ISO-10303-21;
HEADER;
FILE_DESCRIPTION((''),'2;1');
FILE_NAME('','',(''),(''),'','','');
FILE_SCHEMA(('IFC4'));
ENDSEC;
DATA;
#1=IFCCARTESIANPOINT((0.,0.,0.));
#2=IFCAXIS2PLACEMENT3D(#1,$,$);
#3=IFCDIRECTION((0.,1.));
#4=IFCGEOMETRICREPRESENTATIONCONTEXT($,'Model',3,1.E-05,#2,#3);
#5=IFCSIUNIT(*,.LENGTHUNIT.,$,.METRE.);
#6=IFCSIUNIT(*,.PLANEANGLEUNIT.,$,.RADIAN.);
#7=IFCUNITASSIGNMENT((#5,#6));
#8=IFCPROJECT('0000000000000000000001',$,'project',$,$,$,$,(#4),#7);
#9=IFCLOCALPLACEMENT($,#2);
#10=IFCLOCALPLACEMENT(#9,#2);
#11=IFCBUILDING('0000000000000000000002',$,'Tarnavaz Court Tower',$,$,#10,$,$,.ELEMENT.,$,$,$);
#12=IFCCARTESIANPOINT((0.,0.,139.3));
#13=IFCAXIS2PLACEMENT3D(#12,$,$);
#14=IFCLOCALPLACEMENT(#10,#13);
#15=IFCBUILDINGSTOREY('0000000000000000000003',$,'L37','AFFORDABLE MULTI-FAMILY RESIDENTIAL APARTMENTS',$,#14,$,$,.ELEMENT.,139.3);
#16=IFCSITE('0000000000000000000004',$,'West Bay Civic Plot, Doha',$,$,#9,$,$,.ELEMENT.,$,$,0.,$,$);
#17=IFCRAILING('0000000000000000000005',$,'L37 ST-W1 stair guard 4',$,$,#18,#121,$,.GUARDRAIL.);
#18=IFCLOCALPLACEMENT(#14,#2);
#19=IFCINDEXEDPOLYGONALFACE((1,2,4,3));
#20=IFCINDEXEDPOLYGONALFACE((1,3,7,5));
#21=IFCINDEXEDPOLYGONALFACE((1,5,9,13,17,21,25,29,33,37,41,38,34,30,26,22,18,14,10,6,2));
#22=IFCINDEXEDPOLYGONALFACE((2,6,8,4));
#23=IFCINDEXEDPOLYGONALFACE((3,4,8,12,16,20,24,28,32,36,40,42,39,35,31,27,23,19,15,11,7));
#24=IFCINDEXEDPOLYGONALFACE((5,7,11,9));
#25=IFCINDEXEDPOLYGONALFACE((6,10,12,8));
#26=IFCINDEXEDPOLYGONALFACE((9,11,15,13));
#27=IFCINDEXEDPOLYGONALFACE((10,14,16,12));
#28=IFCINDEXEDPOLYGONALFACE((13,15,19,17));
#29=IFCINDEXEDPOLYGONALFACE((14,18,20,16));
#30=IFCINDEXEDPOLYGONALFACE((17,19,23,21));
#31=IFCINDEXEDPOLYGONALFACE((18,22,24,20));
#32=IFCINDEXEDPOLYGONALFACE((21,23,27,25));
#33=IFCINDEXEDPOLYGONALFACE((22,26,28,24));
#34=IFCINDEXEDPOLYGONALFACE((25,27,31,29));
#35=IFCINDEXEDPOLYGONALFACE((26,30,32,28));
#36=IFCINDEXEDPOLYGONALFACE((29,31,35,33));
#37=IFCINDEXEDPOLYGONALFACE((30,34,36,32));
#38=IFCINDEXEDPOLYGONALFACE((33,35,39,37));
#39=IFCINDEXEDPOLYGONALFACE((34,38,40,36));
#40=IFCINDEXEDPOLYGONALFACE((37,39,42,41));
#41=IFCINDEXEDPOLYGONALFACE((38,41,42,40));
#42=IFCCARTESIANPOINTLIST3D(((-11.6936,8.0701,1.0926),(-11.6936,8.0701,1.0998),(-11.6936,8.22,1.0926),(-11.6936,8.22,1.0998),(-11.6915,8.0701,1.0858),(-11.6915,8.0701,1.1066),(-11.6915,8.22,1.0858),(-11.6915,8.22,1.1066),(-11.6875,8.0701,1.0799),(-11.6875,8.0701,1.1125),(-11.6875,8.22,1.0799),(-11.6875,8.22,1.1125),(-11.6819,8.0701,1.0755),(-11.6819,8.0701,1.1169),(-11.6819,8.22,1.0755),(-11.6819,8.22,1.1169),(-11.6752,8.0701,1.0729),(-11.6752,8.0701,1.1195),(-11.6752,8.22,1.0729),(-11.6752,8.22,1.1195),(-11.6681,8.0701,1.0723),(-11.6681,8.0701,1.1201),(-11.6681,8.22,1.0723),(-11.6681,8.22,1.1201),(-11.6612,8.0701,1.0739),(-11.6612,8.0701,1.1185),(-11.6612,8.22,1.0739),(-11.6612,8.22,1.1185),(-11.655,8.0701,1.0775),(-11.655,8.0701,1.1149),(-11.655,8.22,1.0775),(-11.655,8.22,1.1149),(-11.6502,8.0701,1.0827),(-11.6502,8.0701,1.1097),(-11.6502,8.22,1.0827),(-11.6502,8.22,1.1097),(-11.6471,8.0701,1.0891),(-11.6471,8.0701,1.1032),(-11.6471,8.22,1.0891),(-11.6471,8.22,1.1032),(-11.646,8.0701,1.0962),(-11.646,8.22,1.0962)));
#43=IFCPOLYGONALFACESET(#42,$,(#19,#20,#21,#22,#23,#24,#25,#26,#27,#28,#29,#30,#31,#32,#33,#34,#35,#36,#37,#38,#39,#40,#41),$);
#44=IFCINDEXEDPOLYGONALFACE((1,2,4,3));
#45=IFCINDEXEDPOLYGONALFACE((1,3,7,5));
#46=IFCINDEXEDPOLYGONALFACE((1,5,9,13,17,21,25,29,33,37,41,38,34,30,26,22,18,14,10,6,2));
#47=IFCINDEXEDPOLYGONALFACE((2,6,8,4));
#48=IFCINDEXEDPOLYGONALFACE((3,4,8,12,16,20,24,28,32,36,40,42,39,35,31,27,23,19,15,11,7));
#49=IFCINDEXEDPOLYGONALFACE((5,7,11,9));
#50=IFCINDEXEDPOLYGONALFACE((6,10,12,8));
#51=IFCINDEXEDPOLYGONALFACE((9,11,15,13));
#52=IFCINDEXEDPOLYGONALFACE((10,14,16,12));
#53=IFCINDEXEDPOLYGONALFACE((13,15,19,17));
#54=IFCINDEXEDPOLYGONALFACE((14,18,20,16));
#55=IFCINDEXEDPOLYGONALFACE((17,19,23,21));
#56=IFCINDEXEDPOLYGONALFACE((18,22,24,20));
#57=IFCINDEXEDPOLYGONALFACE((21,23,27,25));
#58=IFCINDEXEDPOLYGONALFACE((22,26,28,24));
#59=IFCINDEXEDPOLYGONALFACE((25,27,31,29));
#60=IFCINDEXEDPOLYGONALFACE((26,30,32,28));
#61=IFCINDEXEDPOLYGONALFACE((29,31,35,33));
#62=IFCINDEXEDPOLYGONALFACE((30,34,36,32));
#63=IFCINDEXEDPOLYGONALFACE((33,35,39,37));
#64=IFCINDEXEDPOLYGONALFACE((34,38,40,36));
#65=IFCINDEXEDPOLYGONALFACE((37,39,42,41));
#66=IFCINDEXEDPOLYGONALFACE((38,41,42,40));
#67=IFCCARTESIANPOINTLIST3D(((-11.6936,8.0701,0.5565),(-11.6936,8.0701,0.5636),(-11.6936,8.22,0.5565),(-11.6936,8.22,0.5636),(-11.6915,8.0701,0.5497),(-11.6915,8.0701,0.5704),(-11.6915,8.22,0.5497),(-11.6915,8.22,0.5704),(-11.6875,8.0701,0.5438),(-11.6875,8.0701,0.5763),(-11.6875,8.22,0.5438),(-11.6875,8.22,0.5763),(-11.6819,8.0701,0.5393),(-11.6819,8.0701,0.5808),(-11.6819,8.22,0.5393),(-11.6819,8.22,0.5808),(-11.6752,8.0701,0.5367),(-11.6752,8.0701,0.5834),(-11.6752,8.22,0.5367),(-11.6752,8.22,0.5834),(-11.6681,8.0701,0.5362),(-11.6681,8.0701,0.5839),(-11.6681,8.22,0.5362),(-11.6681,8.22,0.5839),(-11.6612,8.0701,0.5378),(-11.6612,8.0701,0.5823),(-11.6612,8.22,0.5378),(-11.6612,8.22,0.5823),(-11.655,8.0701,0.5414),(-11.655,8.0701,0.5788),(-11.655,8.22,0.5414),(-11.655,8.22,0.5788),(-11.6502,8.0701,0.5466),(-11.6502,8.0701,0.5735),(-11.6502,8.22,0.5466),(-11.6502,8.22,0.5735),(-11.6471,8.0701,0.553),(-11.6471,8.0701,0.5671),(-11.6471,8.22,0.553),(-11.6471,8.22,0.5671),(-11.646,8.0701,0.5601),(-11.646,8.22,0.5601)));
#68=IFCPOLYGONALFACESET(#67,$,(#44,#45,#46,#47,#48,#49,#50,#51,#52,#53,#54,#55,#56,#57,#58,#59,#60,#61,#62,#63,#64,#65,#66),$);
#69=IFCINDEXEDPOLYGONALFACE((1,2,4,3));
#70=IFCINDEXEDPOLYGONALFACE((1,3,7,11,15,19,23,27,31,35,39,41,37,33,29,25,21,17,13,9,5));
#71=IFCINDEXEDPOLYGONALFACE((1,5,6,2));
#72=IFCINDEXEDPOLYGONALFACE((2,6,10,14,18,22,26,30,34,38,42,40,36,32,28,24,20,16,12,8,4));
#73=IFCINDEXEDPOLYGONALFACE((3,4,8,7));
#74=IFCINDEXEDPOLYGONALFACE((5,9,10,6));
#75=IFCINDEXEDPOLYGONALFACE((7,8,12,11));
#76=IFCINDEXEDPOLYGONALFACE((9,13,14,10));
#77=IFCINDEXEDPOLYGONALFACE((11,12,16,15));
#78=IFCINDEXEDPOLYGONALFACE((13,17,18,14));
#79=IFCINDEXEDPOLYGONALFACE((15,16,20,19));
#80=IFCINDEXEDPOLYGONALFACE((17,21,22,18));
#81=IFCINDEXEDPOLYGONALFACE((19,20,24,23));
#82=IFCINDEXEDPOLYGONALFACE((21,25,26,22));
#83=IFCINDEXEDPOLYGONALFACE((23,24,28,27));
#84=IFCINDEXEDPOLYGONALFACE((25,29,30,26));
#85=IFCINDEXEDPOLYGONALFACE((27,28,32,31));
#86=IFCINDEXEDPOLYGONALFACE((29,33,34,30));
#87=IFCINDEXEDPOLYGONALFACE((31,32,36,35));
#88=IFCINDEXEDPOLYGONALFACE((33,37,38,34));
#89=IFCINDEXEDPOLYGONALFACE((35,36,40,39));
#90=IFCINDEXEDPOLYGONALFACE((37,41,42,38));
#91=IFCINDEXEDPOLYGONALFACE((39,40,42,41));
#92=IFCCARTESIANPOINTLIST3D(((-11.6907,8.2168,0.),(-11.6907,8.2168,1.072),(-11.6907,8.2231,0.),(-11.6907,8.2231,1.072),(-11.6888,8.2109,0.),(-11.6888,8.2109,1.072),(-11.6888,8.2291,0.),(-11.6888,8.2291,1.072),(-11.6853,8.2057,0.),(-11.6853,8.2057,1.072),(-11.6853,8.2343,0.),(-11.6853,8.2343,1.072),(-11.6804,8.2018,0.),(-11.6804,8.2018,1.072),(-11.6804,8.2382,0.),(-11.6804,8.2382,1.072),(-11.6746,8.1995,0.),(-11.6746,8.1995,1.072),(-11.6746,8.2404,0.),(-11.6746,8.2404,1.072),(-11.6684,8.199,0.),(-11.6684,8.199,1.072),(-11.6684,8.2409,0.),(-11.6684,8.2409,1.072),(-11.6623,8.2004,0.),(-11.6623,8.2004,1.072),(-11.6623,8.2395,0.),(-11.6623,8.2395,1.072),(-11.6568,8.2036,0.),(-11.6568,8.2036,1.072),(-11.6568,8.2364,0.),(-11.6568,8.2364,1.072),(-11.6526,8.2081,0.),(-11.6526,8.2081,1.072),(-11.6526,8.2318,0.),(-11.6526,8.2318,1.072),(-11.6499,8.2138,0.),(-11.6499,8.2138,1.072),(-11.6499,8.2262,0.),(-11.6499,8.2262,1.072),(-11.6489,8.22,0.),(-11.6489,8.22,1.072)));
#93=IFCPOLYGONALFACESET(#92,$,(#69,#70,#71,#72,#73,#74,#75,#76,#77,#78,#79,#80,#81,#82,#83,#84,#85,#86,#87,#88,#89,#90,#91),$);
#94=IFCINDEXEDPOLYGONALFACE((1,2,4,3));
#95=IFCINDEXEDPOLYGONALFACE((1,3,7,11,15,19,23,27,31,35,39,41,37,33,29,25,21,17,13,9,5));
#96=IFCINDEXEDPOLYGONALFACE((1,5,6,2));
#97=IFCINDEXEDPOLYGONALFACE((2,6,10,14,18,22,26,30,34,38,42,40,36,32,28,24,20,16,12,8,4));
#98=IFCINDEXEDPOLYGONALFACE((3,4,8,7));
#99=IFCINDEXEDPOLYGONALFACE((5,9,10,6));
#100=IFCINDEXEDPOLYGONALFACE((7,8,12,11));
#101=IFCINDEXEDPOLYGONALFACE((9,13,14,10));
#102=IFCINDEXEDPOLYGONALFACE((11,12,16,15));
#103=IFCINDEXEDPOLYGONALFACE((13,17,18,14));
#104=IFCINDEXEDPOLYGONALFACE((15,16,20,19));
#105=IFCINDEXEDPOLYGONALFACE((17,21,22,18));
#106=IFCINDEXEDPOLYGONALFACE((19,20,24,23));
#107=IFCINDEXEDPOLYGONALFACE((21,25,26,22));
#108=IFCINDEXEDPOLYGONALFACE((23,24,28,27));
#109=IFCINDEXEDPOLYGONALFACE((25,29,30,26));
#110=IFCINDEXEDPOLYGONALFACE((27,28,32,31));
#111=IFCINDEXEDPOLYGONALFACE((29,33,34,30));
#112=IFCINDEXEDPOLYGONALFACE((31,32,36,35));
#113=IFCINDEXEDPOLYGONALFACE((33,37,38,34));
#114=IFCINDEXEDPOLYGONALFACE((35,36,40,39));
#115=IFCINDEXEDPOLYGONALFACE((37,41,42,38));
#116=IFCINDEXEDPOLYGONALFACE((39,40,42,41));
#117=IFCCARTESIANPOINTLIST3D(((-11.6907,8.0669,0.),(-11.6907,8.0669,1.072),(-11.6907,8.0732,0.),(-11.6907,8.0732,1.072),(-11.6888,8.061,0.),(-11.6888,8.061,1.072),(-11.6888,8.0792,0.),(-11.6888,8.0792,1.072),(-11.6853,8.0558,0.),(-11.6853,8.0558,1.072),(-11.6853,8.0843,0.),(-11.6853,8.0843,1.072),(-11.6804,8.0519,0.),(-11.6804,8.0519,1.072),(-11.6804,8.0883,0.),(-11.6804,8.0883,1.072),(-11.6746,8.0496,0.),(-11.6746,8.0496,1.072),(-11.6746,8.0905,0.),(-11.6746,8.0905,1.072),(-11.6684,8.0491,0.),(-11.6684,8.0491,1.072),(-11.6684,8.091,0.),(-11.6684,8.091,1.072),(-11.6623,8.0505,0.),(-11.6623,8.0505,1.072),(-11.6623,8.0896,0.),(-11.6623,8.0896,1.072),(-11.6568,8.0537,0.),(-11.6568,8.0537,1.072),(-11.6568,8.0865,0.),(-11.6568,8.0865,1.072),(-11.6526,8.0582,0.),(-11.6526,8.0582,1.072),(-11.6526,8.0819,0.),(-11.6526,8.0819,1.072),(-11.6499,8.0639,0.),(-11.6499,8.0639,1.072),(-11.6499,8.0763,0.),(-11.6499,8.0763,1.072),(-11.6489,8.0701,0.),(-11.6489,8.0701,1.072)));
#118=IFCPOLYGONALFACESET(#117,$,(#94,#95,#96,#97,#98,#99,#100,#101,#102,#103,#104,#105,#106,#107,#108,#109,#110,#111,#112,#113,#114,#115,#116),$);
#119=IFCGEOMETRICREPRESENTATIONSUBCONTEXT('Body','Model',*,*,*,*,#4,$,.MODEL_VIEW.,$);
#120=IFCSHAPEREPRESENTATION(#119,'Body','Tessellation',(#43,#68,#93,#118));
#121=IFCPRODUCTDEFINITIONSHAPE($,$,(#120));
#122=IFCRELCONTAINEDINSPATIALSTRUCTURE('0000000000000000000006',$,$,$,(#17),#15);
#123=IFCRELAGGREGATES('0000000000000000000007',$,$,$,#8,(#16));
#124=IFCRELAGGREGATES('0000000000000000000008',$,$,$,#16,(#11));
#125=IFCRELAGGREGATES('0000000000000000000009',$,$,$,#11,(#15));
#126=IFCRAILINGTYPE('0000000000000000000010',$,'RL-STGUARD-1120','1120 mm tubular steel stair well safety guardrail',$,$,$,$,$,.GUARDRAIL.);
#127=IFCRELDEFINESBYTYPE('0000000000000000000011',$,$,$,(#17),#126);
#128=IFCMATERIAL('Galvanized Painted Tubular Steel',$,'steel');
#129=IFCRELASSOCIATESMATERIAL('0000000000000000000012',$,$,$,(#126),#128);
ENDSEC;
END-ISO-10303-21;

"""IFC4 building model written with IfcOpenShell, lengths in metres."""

from ifc_helpers import new_model, si_unit, direction, frame, origin, origin_2d, place, context, subcontext, project, spatial, circle, extrude, material, type_object, element, save


model = new_model("IFC4")

# Units and contexts
model_context = context("Model", 3, precision=1e-05, world=origin(), true_north=direction((0.0, 1.0)))
body_context = subcontext(model_context, "Body", "Model", "MODEL_VIEW")
ifc_project = project(units=[si_unit("LENGTHUNIT", "METRE"), si_unit("PLANEANGLEUNIT", "RADIAN")], contexts=[model_context])

# Site, building, storey
site_placement = place(None, origin())
site = spatial("IfcSite", under=ifc_project, at=site_placement, Name="West Bay Civic Plot, Doha", CompositionType="ELEMENT", RefElevation=0.0)
building_placement = place(site_placement, origin())
building = spatial("IfcBuilding", under=site, at=building_placement, Name="Tarnavaz Court Tower", CompositionType="ELEMENT")
storey_placement = place(building_placement, frame((0.0, 0.0, 139.3)))
storey = spatial("IfcBuildingStorey", under=building, at=storey_placement, Name="L37", Description="AFFORDABLE MULTI-FAMILY RESIDENTIAL APARTMENTS", CompositionType="ELEMENT", Elevation=139.3)

# Railing
ifc_material_1 = material(Name="Galvanized Painted Tubular Steel", Category="steel")
railing_type_1 = type_object("IfcRailingType", Name="RL-STGUARD-1120", Description="1120 mm tubular steel stair well safety guardrail", PredefinedType="GUARDRAIL", material=ifc_material_1)
railing_1_placement = place(storey_placement, frame((-11.6699, 8.22, 0.0)))
element("IfcRailing", 1, at=railing_1_placement, inside=storey, type_object=railing_type_1, Name="L37 ST-W1 stair guard 4", PredefinedType="GUARDRAIL", context=body_context, shape_type="SweptSolid", body=[
    extrude(circle(Radius=0.0239, at=origin_2d()), frame((0.0, 0.0, 1.0962), z_axis=(0.0, -1.0, 0.0), x_axis=(1.0, 0.0, 0.0)), (0.0, 0.0, 1.0), 0.1499),
    extrude(circle(Radius=0.0239, at=origin_2d()), frame((0.0, 0.0, 0.5601), z_axis=(0.0, -1.0, 0.0), x_axis=(1.0, 0.0, 0.0)), (0.0, 0.0, 1.0), 0.1499),
    extrude(circle(Radius=0.021, at=origin_2d()), origin(), (0.0, 0.0, 1.0), 1.072),
    extrude(circle(Radius=0.021, at=origin_2d()), frame((0.0, -0.1499, 0.0)), (0.0, 0.0, 1.0), 1.072),
])

save(model, "model.ifc")
